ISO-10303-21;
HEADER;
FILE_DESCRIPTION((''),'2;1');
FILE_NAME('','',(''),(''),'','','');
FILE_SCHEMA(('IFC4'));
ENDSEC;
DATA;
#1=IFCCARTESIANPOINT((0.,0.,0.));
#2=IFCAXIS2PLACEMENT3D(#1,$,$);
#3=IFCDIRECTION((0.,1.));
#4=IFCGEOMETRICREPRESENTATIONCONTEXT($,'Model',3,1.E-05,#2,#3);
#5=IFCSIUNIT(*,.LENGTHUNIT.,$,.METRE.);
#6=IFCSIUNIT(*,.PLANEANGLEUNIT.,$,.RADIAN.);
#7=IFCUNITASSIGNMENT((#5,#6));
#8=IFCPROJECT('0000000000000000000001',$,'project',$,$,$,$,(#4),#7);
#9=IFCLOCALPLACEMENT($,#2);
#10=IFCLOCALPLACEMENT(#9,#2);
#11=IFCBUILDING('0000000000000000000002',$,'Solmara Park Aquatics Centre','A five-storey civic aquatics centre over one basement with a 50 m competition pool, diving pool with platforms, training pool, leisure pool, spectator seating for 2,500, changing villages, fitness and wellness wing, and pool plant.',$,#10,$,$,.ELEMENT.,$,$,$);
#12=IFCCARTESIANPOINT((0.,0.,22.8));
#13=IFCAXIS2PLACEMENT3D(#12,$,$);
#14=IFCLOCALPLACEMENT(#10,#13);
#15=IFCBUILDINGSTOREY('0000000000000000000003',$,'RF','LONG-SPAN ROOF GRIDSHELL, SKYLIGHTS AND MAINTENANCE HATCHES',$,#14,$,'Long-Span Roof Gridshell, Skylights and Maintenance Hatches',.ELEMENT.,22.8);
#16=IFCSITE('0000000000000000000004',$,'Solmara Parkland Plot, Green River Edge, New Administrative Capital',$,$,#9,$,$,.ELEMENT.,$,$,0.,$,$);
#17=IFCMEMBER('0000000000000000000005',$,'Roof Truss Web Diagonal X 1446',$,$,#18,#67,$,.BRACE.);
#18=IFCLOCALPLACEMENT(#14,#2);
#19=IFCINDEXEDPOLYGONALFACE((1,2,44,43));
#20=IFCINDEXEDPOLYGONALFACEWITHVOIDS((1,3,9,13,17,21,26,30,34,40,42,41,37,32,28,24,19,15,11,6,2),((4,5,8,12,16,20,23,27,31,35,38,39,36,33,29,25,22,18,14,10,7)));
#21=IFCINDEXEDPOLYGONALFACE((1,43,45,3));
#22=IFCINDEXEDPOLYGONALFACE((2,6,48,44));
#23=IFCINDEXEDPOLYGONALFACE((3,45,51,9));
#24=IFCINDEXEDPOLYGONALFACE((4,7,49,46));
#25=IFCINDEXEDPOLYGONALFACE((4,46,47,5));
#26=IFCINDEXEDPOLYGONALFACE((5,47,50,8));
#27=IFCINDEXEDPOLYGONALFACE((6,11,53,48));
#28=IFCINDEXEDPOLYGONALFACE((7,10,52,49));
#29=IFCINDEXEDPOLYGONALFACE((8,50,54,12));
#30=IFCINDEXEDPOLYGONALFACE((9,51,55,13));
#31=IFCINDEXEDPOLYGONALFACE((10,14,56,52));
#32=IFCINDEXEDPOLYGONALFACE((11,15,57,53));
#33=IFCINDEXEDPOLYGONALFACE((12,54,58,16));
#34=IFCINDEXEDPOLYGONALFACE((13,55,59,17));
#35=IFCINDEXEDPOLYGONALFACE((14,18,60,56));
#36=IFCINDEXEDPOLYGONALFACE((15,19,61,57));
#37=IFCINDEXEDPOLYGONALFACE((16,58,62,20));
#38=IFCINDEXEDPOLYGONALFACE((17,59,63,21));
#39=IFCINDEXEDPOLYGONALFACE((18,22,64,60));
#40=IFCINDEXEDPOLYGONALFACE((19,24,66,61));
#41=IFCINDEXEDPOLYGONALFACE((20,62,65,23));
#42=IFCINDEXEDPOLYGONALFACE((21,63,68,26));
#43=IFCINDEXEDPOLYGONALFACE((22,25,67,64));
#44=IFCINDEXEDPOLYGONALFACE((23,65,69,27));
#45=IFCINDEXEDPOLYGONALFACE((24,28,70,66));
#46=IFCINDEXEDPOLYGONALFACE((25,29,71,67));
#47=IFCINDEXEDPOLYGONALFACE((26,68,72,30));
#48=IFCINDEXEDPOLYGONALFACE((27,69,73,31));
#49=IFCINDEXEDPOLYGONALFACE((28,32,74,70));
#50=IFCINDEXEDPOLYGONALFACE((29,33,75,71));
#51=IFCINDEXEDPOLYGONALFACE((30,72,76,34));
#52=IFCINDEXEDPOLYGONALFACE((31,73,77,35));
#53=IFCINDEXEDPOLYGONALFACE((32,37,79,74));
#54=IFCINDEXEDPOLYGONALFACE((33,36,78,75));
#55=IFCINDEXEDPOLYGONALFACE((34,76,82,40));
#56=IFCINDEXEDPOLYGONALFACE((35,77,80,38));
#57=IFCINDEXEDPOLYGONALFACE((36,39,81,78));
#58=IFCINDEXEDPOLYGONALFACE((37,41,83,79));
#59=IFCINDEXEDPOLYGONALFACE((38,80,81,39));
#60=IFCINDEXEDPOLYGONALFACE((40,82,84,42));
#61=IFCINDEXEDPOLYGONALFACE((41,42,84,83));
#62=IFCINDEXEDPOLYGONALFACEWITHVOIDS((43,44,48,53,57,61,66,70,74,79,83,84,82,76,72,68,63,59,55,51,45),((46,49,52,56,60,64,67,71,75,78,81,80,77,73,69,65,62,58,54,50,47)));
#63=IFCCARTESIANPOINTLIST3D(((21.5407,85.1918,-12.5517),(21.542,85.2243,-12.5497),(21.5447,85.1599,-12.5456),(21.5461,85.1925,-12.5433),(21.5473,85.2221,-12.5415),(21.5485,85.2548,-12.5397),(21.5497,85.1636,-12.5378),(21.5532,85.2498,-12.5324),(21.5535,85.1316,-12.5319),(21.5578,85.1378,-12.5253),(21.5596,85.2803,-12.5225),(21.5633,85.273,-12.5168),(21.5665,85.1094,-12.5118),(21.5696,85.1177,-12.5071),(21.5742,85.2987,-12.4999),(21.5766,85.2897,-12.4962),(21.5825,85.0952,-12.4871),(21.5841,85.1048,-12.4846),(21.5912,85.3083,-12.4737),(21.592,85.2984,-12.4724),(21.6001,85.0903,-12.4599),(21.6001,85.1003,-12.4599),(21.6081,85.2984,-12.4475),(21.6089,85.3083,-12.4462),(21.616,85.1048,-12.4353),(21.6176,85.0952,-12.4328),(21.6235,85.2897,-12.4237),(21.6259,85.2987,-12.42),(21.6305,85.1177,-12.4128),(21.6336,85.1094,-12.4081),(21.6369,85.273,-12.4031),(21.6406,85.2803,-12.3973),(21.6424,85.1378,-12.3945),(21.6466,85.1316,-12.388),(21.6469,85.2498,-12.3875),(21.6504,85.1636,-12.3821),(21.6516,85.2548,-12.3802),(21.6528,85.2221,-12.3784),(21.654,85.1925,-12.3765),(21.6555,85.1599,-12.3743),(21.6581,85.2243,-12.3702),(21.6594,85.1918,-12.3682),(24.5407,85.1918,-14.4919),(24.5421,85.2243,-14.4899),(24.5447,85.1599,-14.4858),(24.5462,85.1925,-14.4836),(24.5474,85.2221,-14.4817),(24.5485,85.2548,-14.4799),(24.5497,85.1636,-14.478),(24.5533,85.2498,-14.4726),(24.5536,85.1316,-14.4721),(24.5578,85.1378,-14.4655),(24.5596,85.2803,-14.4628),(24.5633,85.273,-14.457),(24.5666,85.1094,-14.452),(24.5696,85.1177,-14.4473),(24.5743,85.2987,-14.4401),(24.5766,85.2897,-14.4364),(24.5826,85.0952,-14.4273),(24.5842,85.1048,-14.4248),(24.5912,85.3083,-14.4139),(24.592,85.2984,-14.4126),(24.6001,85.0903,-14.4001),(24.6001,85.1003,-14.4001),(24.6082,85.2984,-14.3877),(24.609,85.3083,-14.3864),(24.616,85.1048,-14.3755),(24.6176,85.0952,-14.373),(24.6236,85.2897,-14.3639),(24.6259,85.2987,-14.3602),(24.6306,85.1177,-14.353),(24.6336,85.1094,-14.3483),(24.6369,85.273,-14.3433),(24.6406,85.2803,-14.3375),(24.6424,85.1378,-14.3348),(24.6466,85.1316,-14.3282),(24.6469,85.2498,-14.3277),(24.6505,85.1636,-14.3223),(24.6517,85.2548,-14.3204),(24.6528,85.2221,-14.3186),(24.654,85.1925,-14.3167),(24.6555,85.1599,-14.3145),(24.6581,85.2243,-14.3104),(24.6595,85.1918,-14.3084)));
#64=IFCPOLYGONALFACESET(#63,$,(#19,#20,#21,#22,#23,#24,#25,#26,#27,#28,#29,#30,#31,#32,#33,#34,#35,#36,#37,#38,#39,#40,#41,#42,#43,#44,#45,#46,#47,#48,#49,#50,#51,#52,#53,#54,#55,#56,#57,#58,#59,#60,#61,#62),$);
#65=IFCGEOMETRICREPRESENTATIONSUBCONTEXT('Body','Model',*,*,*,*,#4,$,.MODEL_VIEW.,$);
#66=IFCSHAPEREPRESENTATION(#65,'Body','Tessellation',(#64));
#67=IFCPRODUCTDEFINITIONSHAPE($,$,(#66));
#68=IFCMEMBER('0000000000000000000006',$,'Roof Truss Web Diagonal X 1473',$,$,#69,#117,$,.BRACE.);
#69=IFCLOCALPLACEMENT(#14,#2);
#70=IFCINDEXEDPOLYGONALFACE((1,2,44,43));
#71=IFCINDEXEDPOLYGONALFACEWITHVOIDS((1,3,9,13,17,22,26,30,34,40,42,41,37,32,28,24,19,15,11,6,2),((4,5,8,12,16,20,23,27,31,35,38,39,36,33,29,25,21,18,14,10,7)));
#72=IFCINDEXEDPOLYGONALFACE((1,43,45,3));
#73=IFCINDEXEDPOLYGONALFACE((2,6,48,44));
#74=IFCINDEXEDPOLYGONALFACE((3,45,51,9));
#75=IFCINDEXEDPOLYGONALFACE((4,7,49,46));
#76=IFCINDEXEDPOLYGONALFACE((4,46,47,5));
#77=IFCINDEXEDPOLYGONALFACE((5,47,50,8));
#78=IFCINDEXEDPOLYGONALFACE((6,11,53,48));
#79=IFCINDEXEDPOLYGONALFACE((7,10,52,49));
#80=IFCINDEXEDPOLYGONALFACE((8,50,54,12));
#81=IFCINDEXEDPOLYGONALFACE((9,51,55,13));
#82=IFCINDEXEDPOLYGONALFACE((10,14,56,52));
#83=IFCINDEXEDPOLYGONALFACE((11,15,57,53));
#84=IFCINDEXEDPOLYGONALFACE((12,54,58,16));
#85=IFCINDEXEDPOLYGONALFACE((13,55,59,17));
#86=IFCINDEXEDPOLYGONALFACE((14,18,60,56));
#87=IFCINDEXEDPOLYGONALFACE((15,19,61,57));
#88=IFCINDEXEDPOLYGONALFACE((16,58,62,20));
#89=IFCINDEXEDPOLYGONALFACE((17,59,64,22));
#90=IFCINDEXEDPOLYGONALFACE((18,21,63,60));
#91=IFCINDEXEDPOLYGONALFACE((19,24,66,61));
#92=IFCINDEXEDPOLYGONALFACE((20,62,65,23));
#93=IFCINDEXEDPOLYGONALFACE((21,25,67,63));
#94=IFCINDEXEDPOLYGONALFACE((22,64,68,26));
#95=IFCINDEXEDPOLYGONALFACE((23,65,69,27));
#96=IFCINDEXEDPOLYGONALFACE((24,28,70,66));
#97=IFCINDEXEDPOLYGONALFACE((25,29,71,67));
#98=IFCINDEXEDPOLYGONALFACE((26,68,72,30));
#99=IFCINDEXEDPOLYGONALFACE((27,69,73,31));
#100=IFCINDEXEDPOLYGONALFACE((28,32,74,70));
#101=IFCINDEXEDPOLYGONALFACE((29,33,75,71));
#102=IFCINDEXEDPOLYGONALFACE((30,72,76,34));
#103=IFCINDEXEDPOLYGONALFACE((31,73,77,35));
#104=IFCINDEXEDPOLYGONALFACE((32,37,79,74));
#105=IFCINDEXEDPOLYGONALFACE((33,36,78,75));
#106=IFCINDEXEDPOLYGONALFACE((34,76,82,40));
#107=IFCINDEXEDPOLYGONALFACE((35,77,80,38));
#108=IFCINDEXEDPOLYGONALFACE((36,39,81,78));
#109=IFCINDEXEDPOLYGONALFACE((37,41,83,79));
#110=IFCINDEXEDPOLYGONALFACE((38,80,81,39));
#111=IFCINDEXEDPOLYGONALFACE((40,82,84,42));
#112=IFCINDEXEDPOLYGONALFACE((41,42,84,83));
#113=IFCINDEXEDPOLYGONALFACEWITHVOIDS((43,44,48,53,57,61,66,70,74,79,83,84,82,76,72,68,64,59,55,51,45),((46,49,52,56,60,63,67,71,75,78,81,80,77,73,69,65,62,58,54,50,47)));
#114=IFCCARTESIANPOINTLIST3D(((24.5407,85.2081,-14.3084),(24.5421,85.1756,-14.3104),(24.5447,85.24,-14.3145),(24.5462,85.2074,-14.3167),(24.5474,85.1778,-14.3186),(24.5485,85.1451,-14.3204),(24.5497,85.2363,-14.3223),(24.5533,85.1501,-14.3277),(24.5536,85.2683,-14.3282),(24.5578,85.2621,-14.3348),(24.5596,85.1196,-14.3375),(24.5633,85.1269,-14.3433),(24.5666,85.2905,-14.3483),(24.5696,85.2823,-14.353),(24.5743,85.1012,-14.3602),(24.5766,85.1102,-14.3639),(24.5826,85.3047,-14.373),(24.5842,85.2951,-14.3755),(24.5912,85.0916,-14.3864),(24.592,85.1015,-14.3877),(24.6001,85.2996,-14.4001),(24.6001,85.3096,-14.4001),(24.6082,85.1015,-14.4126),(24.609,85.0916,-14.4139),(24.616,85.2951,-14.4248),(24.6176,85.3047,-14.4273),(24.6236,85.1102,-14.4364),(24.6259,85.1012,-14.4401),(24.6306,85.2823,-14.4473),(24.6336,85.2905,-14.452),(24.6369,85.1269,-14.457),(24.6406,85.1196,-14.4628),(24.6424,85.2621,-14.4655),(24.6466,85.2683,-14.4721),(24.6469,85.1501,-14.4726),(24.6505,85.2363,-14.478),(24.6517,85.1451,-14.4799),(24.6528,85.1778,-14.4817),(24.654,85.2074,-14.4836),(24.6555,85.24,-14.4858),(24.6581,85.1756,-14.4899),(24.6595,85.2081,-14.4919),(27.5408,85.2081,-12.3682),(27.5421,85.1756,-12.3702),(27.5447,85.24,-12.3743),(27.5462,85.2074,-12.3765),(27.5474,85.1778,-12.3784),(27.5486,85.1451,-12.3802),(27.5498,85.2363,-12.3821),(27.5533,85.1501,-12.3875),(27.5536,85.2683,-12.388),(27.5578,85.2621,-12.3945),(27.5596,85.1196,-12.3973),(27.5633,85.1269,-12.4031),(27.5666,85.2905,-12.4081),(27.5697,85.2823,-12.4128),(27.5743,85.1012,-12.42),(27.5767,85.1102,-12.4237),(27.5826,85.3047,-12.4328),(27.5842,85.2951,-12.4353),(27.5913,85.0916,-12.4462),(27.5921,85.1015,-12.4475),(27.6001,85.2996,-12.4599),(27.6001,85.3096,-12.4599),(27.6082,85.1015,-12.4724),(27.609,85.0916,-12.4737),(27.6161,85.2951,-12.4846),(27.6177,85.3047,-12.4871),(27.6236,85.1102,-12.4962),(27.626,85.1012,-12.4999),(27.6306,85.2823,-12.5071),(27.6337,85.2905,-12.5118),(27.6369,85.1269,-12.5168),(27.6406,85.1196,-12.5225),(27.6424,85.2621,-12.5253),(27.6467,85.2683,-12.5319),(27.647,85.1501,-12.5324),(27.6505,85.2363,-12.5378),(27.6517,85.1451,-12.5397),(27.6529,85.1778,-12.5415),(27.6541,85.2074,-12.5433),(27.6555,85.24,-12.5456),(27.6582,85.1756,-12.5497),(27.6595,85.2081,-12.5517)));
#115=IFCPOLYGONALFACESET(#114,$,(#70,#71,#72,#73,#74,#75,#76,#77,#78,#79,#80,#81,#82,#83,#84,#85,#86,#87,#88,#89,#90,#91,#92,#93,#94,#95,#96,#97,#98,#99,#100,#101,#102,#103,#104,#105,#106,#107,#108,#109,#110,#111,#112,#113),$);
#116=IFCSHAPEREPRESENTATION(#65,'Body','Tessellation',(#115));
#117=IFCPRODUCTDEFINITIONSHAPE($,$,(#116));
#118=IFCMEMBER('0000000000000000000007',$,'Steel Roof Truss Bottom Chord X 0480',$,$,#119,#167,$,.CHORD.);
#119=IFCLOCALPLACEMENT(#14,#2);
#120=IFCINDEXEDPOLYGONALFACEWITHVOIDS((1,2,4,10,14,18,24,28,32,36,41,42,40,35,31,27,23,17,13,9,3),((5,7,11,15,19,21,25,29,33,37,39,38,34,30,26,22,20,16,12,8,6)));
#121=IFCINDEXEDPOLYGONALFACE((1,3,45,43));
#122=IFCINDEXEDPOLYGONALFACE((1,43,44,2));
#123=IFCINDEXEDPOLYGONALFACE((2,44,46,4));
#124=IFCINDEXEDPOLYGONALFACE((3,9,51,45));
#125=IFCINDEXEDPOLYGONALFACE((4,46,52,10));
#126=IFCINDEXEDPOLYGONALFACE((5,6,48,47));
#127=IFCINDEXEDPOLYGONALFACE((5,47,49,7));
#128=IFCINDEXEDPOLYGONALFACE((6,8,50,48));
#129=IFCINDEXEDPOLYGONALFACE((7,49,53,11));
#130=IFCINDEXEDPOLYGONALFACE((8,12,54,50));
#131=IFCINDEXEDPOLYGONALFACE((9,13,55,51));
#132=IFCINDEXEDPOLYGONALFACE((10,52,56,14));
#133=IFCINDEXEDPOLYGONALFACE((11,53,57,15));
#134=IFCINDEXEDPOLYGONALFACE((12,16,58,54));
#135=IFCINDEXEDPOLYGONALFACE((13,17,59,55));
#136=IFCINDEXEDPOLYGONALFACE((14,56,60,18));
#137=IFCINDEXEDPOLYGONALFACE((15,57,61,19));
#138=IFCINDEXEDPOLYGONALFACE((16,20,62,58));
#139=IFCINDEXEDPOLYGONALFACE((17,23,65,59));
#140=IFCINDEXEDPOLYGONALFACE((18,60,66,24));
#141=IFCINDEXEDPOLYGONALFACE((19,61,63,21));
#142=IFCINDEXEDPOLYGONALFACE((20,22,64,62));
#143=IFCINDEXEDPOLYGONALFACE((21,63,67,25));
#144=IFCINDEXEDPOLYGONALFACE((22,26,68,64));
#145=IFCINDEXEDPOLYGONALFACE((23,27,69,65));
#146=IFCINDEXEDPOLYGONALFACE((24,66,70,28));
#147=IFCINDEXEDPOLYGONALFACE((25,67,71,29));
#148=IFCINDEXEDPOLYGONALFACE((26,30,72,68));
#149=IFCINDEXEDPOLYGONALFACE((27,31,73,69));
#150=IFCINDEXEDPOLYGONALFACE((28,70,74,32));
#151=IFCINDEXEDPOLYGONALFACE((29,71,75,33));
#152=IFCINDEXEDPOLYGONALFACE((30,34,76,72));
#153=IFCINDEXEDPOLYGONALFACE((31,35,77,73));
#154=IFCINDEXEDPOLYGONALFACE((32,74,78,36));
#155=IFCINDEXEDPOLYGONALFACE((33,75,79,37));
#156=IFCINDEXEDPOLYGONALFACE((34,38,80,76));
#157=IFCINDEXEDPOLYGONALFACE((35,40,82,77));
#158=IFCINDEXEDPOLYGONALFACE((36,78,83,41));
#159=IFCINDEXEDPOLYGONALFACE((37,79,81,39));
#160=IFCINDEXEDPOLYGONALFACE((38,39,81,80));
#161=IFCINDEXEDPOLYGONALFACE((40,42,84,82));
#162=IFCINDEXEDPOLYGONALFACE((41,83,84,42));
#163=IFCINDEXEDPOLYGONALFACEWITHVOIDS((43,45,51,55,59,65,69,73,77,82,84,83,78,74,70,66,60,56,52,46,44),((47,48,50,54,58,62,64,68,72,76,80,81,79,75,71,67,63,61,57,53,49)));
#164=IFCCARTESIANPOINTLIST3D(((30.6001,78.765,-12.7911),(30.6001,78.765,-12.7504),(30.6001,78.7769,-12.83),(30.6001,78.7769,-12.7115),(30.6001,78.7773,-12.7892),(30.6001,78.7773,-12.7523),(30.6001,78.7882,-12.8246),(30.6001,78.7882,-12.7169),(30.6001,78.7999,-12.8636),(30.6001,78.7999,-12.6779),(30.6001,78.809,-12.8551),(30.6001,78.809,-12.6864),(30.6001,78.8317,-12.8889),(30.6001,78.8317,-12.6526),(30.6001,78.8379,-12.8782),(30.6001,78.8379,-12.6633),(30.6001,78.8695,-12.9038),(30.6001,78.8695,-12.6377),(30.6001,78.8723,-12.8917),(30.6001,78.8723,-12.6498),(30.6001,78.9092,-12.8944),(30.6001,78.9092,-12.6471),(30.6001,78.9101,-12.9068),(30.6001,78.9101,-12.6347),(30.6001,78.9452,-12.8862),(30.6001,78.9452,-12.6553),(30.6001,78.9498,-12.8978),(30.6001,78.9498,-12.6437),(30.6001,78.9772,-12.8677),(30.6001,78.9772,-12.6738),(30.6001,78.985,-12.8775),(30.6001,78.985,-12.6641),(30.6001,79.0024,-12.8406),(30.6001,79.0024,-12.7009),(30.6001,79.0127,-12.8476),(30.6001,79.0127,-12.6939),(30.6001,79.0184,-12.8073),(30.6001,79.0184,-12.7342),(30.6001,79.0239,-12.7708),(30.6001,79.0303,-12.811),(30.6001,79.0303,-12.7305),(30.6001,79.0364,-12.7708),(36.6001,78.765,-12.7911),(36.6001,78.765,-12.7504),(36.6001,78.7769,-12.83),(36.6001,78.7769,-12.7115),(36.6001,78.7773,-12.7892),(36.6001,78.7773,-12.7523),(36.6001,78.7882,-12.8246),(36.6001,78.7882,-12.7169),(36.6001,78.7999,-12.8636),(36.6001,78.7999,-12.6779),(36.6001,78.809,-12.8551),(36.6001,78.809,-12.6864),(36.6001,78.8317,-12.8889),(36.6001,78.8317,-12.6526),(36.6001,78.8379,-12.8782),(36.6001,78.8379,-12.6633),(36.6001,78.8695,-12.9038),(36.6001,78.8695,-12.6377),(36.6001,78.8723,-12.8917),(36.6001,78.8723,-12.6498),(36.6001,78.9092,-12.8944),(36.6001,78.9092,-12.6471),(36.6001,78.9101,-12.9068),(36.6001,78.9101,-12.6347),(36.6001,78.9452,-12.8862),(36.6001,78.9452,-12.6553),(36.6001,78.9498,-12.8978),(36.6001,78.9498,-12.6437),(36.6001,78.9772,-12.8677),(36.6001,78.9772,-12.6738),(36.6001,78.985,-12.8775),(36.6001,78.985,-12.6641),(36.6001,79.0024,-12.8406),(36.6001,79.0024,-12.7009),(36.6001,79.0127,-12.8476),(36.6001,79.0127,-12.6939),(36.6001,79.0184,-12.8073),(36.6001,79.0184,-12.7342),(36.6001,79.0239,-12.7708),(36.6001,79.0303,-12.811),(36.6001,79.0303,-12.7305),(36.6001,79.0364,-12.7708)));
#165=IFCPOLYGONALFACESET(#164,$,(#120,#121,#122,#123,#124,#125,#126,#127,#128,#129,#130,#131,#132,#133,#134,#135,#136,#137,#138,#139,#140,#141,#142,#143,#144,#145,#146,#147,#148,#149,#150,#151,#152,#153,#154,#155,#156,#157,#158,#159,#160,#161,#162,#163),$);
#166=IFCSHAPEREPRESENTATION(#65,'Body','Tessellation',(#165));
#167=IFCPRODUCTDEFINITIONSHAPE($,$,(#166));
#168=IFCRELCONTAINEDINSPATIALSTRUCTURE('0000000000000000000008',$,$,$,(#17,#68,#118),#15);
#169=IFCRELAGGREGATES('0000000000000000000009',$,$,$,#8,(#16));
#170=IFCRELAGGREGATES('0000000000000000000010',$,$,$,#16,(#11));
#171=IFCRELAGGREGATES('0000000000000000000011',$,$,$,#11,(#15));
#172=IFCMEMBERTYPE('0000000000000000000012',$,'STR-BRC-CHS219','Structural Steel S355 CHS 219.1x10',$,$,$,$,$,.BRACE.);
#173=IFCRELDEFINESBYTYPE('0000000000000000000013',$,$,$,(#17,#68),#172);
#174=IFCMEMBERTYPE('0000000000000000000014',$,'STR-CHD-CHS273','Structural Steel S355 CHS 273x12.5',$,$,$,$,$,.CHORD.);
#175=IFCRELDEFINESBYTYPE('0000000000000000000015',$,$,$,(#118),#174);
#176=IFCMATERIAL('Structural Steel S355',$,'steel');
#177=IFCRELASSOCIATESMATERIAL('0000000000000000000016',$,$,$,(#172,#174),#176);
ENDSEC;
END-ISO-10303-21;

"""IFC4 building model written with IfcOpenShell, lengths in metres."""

from ifc_helpers import new_model, si_unit, direction, frame, origin, origin_2d, place, context, subcontext, project, spatial, hollow_circle, extrude, material, material_profile, profile_set, type_object, element, save


model = new_model("IFC4")

# Units and contexts
model_context = context("Model", 3, precision=1e-05, world=origin(), true_north=direction((0.0, 1.0)))
body_context = subcontext(model_context, "Body", "Model", "MODEL_VIEW")
ifc_project = project(units=[si_unit("LENGTHUNIT", "METRE"), si_unit("PLANEANGLEUNIT", "RADIAN")], contexts=[model_context])

# Site, building, storey
site_placement = place(None, origin())
site = spatial("IfcSite", under=ifc_project, at=site_placement, Name="Solmara Parkland Plot, Green River Edge, New Administrative Capital", CompositionType="ELEMENT", RefElevation=0.0)
building_placement = place(site_placement, origin())
building = spatial("IfcBuilding", under=site, at=building_placement, Name="Solmara Park Aquatics Centre", Description="A five-storey civic aquatics centre over one basement with a 50 m competition pool, diving pool with platforms, training pool, leisure pool, spectator seating for 2,500, changing villages, fitness and wellness wing, and pool plant.", CompositionType="ELEMENT")
storey_placement = place(building_placement, frame((0.0, 0.0, 22.8)))
storey = spatial("IfcBuildingStorey", under=building, at=storey_placement, Name="RF", Description="LONG-SPAN ROOF GRIDSHELL, SKYLIGHTS AND MAINTENANCE HATCHES", LongName="Long-Span Roof Gridshell, Skylights and Maintenance Hatches", CompositionType="ELEMENT", Elevation=22.8)

# Shared definitions
ifc_material_1 = material(Name="Structural Steel S355", Category="steel")

# Members
ifc_material_profile_1 = material_profile(ifc_material_1, hollow_circle(Radius=0.1096, WallThickness=0.01, at=origin_2d()), Name="CHS 219.1x10")
ifc_profile_set_1 = profile_set([ifc_material_profile_1], Name="Structural Steel S355")
member_type_1 = type_object("IfcMemberType", Name="STR-BRC-CHS219", Description="Structural Steel S355 CHS 219.1x10", PredefinedType="BRACE", material=ifc_profile_set_1)
for number, where, z_axis, x_axis, name in (
    (1, (24.6001, 85.2, -14.4001), (-0.839697, 0.0, 0.543056), (0.0, -1.0, 0.0), "Roof Truss Web Diagonal X 1446"),
    (2, (24.6001, 85.2, -14.4001), (0.839697, 0.0, 0.543056), (0.0, 1.0, 0.0), "Roof Truss Web Diagonal X 1473"),
):
    element("IfcMember", number, at=place(storey_placement, frame(where, z_axis=z_axis, x_axis=x_axis)), inside=storey, type_object=member_type_1, Name=name, PredefinedType="BRACE", context=body_context, shape_type="SweptSolid", body=[
        extrude(hollow_circle(Radius=0.1096, WallThickness=0.01, at=origin_2d()), origin(), (0.0, 0.0, 1.0), 3.5728),
    ])
ifc_material_profile_2 = material_profile(ifc_material_1, hollow_circle(Radius=0.1365, WallThickness=0.0125, at=origin_2d()), Name="CHS 273x12.5")
ifc_profile_set_2 = profile_set([ifc_material_profile_2], Name="Structural Steel S355")
member_type_2 = type_object("IfcMemberType", Name="STR-CHD-CHS273", Description="Structural Steel S355 CHS 273x12.5", PredefinedType="CHORD", material=ifc_profile_set_2)
member_1_placement = place(storey_placement, frame((30.6001, 78.8999, -12.7708), z_axis=(1.0, 0.0, 0.0), x_axis=(0.0, 1.0, 0.0)))
element("IfcMember", 3, at=member_1_placement, inside=storey, type_object=member_type_2, Name="Steel Roof Truss Bottom Chord X 0480", PredefinedType="CHORD", context=body_context, shape_type="SweptSolid", body=[
    extrude(hollow_circle(Radius=0.1365, WallThickness=0.0125, at=origin_2d()), origin(), (0.0, 0.0, 1.0), 6.0),
])

save(model, "model.ifc")
